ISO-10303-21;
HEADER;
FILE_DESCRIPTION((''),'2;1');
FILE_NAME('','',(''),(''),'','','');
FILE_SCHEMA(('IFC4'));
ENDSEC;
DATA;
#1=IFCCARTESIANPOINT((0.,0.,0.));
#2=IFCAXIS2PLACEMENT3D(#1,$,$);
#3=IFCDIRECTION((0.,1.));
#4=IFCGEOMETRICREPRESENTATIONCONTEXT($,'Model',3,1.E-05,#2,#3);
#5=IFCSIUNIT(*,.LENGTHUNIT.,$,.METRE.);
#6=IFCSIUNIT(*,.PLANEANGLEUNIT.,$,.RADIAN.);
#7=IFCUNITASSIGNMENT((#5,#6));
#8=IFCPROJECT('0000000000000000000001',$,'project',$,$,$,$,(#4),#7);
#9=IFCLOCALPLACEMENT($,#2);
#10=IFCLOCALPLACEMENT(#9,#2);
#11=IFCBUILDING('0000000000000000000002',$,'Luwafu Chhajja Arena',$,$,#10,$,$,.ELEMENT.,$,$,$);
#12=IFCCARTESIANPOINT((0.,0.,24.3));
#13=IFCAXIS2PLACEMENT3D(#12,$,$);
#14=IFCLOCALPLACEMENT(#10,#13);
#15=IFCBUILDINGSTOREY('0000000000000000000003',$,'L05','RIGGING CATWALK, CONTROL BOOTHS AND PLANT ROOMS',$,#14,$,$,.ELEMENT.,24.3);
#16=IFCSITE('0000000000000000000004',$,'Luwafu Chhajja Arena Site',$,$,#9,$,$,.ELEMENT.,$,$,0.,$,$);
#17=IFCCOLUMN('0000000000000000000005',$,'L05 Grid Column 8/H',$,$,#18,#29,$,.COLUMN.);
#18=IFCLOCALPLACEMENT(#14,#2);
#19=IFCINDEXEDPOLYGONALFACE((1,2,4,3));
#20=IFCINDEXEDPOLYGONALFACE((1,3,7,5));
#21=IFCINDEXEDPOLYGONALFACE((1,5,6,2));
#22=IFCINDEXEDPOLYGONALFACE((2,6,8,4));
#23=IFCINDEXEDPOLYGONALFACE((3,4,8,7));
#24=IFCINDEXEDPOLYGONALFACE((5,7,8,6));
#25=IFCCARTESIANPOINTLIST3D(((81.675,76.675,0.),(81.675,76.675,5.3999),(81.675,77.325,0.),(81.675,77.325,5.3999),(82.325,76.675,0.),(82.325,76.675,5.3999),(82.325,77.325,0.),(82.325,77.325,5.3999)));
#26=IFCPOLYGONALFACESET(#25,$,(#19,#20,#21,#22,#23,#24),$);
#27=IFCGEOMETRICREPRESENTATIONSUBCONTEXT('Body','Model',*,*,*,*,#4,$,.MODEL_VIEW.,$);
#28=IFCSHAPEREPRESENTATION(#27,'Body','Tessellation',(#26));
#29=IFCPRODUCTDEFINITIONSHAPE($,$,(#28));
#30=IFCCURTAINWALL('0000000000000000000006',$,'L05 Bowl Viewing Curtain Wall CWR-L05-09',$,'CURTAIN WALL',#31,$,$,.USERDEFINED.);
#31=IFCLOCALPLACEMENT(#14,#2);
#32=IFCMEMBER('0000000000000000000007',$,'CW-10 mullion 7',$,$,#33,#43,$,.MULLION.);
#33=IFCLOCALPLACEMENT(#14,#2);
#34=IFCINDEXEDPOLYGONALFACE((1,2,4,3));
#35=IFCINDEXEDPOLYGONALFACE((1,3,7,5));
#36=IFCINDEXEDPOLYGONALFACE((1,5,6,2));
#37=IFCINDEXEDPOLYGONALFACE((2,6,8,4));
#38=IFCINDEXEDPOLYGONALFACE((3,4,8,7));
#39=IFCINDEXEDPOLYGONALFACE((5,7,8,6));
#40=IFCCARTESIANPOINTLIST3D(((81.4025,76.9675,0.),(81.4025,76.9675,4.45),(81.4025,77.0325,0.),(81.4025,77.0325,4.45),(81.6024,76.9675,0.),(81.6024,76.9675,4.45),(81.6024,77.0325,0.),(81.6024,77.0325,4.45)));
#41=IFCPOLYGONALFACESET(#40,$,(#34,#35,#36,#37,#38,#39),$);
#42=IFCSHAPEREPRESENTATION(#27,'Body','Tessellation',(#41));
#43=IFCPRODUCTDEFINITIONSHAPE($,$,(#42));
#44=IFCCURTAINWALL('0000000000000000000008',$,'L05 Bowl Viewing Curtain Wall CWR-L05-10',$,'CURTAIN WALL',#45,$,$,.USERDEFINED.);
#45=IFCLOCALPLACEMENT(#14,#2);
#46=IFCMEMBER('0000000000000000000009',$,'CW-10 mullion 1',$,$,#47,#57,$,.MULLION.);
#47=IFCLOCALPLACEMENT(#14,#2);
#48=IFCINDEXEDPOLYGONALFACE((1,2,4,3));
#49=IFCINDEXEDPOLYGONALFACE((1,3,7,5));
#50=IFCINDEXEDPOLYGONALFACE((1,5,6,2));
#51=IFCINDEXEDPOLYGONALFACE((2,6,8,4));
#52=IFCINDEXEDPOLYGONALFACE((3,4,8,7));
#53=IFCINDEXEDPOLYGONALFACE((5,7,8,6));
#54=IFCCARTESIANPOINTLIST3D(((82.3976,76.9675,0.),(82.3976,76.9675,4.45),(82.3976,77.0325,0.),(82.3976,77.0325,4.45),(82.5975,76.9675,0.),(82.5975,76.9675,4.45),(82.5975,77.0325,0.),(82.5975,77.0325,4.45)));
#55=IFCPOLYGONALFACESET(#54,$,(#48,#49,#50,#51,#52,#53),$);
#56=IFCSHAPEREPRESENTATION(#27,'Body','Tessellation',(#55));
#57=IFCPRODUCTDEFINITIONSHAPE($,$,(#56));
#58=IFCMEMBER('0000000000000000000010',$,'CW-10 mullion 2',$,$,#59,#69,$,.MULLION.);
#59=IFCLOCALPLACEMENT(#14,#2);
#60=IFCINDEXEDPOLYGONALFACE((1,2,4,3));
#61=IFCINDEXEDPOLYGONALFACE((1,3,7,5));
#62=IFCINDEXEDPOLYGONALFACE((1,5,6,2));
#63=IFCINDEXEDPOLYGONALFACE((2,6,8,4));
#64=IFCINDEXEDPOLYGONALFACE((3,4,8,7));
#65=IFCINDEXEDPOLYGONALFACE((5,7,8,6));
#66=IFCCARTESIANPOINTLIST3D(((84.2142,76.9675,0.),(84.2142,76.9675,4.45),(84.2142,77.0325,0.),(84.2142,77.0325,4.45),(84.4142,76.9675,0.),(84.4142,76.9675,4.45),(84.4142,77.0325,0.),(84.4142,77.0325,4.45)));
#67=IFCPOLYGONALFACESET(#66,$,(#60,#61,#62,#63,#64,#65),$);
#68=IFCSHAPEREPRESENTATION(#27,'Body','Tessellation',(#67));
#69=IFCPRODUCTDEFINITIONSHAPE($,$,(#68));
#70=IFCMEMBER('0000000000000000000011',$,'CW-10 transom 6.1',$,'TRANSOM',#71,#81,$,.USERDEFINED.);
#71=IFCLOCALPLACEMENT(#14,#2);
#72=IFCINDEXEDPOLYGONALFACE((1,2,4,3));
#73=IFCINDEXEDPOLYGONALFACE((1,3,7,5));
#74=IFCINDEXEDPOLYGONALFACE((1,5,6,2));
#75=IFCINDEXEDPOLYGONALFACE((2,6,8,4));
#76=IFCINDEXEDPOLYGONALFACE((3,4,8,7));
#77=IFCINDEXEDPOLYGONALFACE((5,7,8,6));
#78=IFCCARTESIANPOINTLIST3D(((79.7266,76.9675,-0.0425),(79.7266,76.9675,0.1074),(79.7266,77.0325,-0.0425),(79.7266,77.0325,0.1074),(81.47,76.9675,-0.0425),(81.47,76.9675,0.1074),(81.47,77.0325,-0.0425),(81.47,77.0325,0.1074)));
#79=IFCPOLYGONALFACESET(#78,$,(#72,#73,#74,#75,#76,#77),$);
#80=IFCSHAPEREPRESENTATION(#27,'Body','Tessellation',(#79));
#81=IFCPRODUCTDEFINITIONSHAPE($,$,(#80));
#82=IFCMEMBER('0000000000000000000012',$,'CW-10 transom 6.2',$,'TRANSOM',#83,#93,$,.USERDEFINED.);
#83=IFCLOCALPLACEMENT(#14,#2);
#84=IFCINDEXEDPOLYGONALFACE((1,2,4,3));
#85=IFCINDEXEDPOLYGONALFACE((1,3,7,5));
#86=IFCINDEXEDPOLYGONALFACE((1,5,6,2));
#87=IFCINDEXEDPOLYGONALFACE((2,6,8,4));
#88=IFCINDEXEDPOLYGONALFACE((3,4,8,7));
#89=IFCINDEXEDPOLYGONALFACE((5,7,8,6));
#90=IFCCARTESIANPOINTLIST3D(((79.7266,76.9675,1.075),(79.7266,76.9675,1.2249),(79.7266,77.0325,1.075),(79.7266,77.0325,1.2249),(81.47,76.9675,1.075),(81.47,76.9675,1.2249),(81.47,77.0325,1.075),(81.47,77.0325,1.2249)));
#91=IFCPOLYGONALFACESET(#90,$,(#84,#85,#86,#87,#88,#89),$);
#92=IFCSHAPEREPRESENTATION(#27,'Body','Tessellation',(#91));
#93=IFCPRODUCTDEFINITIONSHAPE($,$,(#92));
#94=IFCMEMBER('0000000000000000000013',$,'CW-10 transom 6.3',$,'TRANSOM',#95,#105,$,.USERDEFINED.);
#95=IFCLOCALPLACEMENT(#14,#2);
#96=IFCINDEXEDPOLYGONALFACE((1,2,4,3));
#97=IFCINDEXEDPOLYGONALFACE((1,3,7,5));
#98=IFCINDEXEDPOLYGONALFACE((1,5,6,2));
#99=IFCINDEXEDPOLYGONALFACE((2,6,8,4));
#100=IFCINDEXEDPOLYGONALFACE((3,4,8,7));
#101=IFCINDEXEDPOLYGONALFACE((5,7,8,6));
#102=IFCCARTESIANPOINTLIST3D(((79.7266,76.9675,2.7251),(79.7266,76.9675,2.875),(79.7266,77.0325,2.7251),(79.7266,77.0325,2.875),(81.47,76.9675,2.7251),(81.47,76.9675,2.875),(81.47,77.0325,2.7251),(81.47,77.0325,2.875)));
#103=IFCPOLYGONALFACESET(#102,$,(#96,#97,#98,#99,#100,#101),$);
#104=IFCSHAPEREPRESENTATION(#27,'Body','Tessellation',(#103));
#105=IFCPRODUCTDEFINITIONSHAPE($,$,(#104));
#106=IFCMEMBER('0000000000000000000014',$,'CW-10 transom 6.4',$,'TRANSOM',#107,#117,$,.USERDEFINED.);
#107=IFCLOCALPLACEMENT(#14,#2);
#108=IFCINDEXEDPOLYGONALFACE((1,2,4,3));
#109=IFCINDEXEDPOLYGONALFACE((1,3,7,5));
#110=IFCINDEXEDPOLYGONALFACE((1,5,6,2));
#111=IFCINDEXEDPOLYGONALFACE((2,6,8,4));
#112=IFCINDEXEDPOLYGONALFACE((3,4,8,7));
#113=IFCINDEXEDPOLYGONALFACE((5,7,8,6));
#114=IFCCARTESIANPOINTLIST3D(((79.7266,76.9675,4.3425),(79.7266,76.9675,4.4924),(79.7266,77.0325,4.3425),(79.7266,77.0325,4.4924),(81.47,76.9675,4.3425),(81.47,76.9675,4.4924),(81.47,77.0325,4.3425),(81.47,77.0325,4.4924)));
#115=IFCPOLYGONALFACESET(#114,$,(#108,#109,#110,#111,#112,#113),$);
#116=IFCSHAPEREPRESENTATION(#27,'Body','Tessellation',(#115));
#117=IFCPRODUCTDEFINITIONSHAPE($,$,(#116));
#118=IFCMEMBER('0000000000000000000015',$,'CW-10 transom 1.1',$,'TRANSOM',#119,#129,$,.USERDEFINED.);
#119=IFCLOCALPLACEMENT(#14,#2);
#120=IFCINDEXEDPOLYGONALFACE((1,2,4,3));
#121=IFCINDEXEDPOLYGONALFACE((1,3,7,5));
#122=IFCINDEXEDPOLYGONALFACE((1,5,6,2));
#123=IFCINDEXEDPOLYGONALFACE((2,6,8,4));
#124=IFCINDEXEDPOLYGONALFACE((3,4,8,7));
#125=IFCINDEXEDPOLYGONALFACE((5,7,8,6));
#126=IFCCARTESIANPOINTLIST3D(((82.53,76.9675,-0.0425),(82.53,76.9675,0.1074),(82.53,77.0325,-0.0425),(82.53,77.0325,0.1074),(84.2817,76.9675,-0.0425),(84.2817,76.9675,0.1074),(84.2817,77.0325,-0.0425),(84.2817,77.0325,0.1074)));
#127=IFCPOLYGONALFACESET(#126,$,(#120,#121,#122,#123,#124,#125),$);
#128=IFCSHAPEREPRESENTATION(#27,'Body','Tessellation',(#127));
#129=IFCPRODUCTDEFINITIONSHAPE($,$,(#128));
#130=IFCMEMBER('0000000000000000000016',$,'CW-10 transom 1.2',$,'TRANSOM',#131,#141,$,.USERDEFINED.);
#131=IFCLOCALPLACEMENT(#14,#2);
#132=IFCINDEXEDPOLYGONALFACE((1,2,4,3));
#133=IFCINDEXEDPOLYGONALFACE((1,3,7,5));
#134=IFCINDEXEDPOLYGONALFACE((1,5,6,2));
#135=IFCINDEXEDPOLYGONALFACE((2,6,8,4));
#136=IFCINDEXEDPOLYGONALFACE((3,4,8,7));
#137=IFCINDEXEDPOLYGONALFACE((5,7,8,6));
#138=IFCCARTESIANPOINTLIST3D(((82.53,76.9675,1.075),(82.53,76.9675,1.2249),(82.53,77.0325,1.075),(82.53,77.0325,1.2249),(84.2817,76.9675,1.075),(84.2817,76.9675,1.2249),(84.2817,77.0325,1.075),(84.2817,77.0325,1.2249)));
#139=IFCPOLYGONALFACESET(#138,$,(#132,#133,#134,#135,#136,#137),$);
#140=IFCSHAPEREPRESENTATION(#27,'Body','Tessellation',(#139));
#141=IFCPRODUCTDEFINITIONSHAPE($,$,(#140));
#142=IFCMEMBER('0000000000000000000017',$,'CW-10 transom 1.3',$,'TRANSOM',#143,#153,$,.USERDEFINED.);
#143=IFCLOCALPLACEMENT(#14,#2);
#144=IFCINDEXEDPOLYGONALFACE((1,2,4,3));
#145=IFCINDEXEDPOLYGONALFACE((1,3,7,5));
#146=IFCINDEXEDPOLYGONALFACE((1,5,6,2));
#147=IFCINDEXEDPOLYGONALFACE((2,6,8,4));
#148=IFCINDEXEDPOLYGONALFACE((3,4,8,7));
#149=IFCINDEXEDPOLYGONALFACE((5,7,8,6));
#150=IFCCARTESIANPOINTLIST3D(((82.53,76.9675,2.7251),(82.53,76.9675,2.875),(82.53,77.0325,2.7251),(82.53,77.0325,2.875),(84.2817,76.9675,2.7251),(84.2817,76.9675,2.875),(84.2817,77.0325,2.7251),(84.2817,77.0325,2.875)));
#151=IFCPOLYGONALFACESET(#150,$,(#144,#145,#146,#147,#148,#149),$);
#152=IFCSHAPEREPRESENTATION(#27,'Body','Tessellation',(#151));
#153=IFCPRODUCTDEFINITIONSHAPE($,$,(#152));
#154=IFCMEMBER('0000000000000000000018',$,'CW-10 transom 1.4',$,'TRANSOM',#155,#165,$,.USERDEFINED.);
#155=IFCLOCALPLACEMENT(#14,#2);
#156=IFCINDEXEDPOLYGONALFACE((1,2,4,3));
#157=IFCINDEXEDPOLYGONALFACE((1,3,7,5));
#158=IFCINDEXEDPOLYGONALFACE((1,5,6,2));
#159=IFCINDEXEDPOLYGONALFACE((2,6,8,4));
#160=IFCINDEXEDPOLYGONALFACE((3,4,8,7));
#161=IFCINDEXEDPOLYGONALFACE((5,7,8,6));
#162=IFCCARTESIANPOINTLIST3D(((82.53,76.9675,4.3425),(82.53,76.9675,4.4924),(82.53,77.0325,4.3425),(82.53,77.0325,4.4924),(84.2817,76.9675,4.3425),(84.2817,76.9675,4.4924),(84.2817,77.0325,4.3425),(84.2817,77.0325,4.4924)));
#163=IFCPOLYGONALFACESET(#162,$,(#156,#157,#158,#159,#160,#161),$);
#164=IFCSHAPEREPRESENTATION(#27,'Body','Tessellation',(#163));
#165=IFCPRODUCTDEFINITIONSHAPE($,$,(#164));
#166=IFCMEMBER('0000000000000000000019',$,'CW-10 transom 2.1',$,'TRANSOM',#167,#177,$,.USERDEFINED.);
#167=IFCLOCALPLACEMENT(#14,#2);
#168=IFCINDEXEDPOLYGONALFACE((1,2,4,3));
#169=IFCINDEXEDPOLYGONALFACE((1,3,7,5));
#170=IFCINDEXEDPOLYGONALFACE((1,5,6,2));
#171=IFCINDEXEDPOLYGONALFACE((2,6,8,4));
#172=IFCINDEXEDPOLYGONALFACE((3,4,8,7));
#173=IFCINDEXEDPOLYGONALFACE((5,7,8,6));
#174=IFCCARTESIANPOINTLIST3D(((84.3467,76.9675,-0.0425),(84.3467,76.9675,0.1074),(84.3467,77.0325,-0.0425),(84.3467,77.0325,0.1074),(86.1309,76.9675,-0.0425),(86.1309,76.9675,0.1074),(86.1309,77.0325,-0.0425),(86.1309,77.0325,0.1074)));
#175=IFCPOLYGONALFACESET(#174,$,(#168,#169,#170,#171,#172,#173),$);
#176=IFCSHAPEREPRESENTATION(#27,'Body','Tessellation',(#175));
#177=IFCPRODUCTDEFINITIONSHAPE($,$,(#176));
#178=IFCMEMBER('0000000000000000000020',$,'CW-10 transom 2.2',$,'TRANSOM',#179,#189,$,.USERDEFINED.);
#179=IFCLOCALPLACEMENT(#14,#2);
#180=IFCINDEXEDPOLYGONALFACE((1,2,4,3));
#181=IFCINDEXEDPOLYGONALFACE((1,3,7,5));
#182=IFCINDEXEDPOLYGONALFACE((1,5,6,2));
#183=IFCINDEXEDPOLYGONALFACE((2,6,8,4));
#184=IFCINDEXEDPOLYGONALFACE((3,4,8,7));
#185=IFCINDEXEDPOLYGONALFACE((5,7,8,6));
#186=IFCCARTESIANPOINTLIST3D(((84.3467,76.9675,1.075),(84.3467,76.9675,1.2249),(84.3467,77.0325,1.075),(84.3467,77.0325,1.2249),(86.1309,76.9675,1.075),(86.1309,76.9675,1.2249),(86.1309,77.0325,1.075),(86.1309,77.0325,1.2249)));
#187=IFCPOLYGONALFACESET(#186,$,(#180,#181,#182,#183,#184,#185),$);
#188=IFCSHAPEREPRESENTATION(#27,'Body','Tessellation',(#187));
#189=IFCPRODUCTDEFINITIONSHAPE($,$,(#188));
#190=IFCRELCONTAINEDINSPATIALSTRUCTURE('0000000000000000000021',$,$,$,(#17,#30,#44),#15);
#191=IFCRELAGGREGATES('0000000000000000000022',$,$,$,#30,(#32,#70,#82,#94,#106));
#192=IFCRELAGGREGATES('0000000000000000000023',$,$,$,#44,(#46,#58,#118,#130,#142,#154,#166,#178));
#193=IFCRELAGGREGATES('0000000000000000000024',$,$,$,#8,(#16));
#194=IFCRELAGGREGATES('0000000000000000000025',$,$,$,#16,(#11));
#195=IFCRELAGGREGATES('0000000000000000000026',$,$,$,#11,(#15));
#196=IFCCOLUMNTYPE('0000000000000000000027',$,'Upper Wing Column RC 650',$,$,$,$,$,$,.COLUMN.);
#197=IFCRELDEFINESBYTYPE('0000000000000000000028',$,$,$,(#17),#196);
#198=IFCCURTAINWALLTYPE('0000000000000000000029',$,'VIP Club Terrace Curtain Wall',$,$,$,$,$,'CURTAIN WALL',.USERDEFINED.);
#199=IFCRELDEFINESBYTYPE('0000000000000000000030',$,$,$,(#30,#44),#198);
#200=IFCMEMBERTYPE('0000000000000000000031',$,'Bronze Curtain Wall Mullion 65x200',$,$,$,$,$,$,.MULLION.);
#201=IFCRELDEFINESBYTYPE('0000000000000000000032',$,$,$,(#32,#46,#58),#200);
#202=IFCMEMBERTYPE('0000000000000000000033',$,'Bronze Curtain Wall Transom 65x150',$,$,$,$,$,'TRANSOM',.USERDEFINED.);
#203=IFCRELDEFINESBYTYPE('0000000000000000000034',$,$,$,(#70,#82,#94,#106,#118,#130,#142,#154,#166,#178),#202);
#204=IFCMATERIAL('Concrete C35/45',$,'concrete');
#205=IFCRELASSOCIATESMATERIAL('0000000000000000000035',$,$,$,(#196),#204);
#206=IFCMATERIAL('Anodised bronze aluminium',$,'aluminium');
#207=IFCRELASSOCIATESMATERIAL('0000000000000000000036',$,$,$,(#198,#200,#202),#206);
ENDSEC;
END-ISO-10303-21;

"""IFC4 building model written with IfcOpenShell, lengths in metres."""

from ifc_helpers import new_model, si_unit, direction, frame, origin, origin_2d, place, context, subcontext, project, spatial, rectangle, extrude, material, material_profile, profile_set, type_object, element, aggregate, save


model = new_model("IFC4")

# Units and contexts
model_context = context("Model", 3, precision=1e-05, world=origin(), true_north=direction((0.0, 1.0)))
body_context = subcontext(model_context, "Body", "Model", "MODEL_VIEW")
ifc_project = project(units=[si_unit("LENGTHUNIT", "METRE"), si_unit("PLANEANGLEUNIT", "RADIAN")], contexts=[model_context])

# Site, building, storey
site_placement = place(None, origin())
site = spatial("IfcSite", under=ifc_project, at=site_placement, Name="Luwafu Chhajja Arena Site", CompositionType="ELEMENT", RefElevation=0.0)
building_placement = place(site_placement, origin())
building = spatial("IfcBuilding", under=site, at=building_placement, Name="Luwafu Chhajja Arena", CompositionType="ELEMENT")
storey_placement = place(building_placement, frame((0.0, 0.0, 24.3)))
storey = spatial("IfcBuildingStorey", under=building, at=storey_placement, Name="L05", Description="RIGGING CATWALK, CONTROL BOOTHS AND PLANT ROOMS", CompositionType="ELEMENT", Elevation=24.3)

# Column
ifc_material_1 = material(Name="Concrete C35/45", Category="concrete")
ifc_material_profile_1 = material_profile(ifc_material_1, rectangle(XDim=0.6499, YDim=0.6499, at=origin_2d()), Name="RC 650x650")
ifc_profile_set_1 = profile_set([ifc_material_profile_1], Name="Concrete C35/45")
column_type = type_object("IfcColumnType", Name="Upper Wing Column RC 650", PredefinedType="COLUMN", material=ifc_profile_set_1)
column_placement = place(storey_placement, frame((82.0, 77.0, 0.0), z_axis=(0.0, 0.0, 1.0), x_axis=(1.0, 0.0, 0.0)))
element("IfcColumn", 1, at=column_placement, inside=storey, type_object=column_type, Name="L05 Grid Column 8/H", PredefinedType="COLUMN", context=body_context, shape_type="SweptSolid", body=[
    extrude(rectangle(XDim=0.6499, YDim=0.6499, at=origin_2d()), origin(), (0.0, 0.0, 1.0), 5.3999),
])

# Curtain wall, member
ifc_material_2 = material(Name="Anodised bronze aluminium", Category="aluminium")
curtain_wall_type = type_object("IfcCurtainWallType", Name="VIP Club Terrace Curtain Wall", ElementType="CURTAIN WALL", PredefinedType="USERDEFINED", material=ifc_material_2)
curtain_wall_1_placement = place(storey_placement, origin())
curtain_wall_1 = element("IfcCurtainWall", 2, at=curtain_wall_1_placement, inside=storey, type_object=curtain_wall_type, Name="L05 Bowl Viewing Curtain Wall CWR-L05-09", ObjectType="CURTAIN WALL", PredefinedType="USERDEFINED")
ifc_material_profile_2 = material_profile(ifc_material_2, rectangle(XDim=0.0649, YDim=0.2, at=origin_2d()), Name="CWM 65x200")
ifc_profile_set_2 = profile_set([ifc_material_profile_2], Name="Anodised bronze aluminium")
member_type_1 = type_object("IfcMemberType", Name="Bronze Curtain Wall Mullion 65x200", PredefinedType="MULLION", material=ifc_profile_set_2)
member_1_placement = place(storey_placement, frame((81.5024, 77.0, 0.0), z_axis=(0.0, 0.0, 1.0), x_axis=(0.0, 1.0, 0.0)))
member_1 = element("IfcMember", 3, at=member_1_placement, type_object=member_type_1, Name="CW-10 mullion 7", PredefinedType="MULLION", context=body_context, shape_type="SweptSolid", body=[
    extrude(rectangle(XDim=0.0649, YDim=0.2, at=origin_2d()), origin(), (0.0, 0.0, 1.0), 4.45),
])

# Curtain wall, members
curtain_wall_2_placement = place(storey_placement, origin())
curtain_wall_2 = element("IfcCurtainWall", 4, at=curtain_wall_2_placement, inside=storey, type_object=curtain_wall_type, Name="L05 Bowl Viewing Curtain Wall CWR-L05-10", ObjectType="CURTAIN WALL", PredefinedType="USERDEFINED")
member_2_placement = place(storey_placement, frame((82.4976, 77.0, 0.0), z_axis=(0.0, 0.0, 1.0), x_axis=(0.0, 1.0, 0.0)))
member_2 = element("IfcMember", 5, at=member_2_placement, type_object=member_type_1, Name="CW-10 mullion 1", PredefinedType="MULLION", context=body_context, shape_type="SweptSolid", body=[
    extrude(rectangle(XDim=0.0649, YDim=0.2, at=origin_2d()), origin(), (0.0, 0.0, 1.0), 4.45),
])
member_3_placement = place(storey_placement, frame((84.3142, 77.0, 0.0), z_axis=(0.0, 0.0, 1.0), x_axis=(0.0, 1.0, 0.0)))
member_3 = element("IfcMember", 6, at=member_3_placement, type_object=member_type_1, Name="CW-10 mullion 2", PredefinedType="MULLION", context=body_context, shape_type="SweptSolid", body=[
    extrude(rectangle(XDim=0.0649, YDim=0.2, at=origin_2d()), origin(), (0.0, 0.0, 1.0), 4.45),
])

# Members
ifc_material_profile_3 = material_profile(ifc_material_2, rectangle(XDim=0.0649, YDim=0.1499, at=origin_2d()), Name="CWT 65x150")
ifc_profile_set_3 = profile_set([ifc_material_profile_3], Name="Anodised bronze aluminium")
member_type_2 = type_object("IfcMemberType", Name="Bronze Curtain Wall Transom 65x150", ElementType="TRANSOM", PredefinedType="USERDEFINED", material=ifc_profile_set_3)
member_4_placement = place(storey_placement, frame((79.7266, 77.0, 0.0325), z_axis=(1.0, 0.0, 0.0), x_axis=(0.0, 1.0, 0.0)))
member_4 = element("IfcMember", 7, at=member_4_placement, type_object=member_type_2, Name="CW-10 transom 6.1", ObjectType="TRANSOM", PredefinedType="USERDEFINED", context=body_context, shape_type="SweptSolid", body=[
    extrude(rectangle(XDim=0.0649, YDim=0.1499, at=origin_2d()), origin(), (0.0, 0.0, 1.0), 1.7434),
])
member_5_placement = place(storey_placement, frame((79.7266, 77.0, 1.1499), z_axis=(1.0, 0.0, 0.0), x_axis=(0.0, 1.0, 0.0)))
member_5 = element("IfcMember", 8, at=member_5_placement, type_object=member_type_2, Name="CW-10 transom 6.2", ObjectType="TRANSOM", PredefinedType="USERDEFINED", context=body_context, shape_type="SweptSolid", body=[
    extrude(rectangle(XDim=0.0649, YDim=0.1499, at=origin_2d()), origin(), (0.0, 0.0, 1.0), 1.7434),
])
member_6_placement = place(storey_placement, frame((79.7266, 77.0, 2.8), z_axis=(1.0, 0.0, 0.0), x_axis=(0.0, 1.0, 0.0)))
member_6 = element("IfcMember", 9, at=member_6_placement, type_object=member_type_2, Name="CW-10 transom 6.3", ObjectType="TRANSOM", PredefinedType="USERDEFINED", context=body_context, shape_type="SweptSolid", body=[
    extrude(rectangle(XDim=0.0649, YDim=0.1499, at=origin_2d()), origin(), (0.0, 0.0, 1.0), 1.7434),
])
member_7_placement = place(storey_placement, frame((79.7266, 77.0, 4.4175), z_axis=(1.0, 0.0, 0.0), x_axis=(0.0, 1.0, 0.0)))
member_7 = element("IfcMember", 10, at=member_7_placement, type_object=member_type_2, Name="CW-10 transom 6.4", ObjectType="TRANSOM", PredefinedType="USERDEFINED", context=body_context, shape_type="SweptSolid", body=[
    extrude(rectangle(XDim=0.0649, YDim=0.1499, at=origin_2d()), origin(), (0.0, 0.0, 1.0), 1.7434),
])
member_8_placement = place(storey_placement, frame((82.53, 77.0, 0.0325), z_axis=(1.0, 0.0, 0.0), x_axis=(0.0, 1.0, 0.0)))
member_8 = element("IfcMember", 11, at=member_8_placement, type_object=member_type_2, Name="CW-10 transom 1.1", ObjectType="TRANSOM", PredefinedType="USERDEFINED", context=body_context, shape_type="SweptSolid", body=[
    extrude(rectangle(XDim=0.0649, YDim=0.1499, at=origin_2d()), origin(), (0.0, 0.0, 1.0), 1.7517),
])
member_9_placement = place(storey_placement, frame((82.53, 77.0, 1.1499), z_axis=(1.0, 0.0, 0.0), x_axis=(0.0, 1.0, 0.0)))
member_9 = element("IfcMember", 12, at=member_9_placement, type_object=member_type_2, Name="CW-10 transom 1.2", ObjectType="TRANSOM", PredefinedType="USERDEFINED", context=body_context, shape_type="SweptSolid", body=[
    extrude(rectangle(XDim=0.0649, YDim=0.1499, at=origin_2d()), origin(), (0.0, 0.0, 1.0), 1.7517),
])
member_10_placement = place(storey_placement, frame((82.53, 77.0, 2.8), z_axis=(1.0, 0.0, 0.0), x_axis=(0.0, 1.0, 0.0)))
member_10 = element("IfcMember", 13, at=member_10_placement, type_object=member_type_2, Name="CW-10 transom 1.3", ObjectType="TRANSOM", PredefinedType="USERDEFINED", context=body_context, shape_type="SweptSolid", body=[
    extrude(rectangle(XDim=0.0649, YDim=0.1499, at=origin_2d()), origin(), (0.0, 0.0, 1.0), 1.7517),
])
member_11_placement = place(storey_placement, frame((82.53, 77.0, 4.4175), z_axis=(1.0, 0.0, 0.0), x_axis=(0.0, 1.0, 0.0)))
member_11 = element("IfcMember", 14, at=member_11_placement, type_object=member_type_2, Name="CW-10 transom 1.4", ObjectType="TRANSOM", PredefinedType="USERDEFINED", context=body_context, shape_type="SweptSolid", body=[
    extrude(rectangle(XDim=0.0649, YDim=0.1499, at=origin_2d()), origin(), (0.0, 0.0, 1.0), 1.7517),
])
member_12_placement = place(storey_placement, frame((84.3467, 77.0, 0.0325), z_axis=(1.0, 0.0, 0.0), x_axis=(0.0, 1.0, 0.0)))
member_12 = element("IfcMember", 15, at=member_12_placement, type_object=member_type_2, Name="CW-10 transom 2.1", ObjectType="TRANSOM", PredefinedType="USERDEFINED", context=body_context, shape_type="SweptSolid", body=[
    extrude(rectangle(XDim=0.0649, YDim=0.1499, at=origin_2d()), origin(), (0.0, 0.0, 1.0), 1.7842),
])
member_13_placement = place(storey_placement, frame((84.3467, 77.0, 1.1499), z_axis=(1.0, 0.0, 0.0), x_axis=(0.0, 1.0, 0.0)))
member_13 = element("IfcMember", 16, at=member_13_placement, type_object=member_type_2, Name="CW-10 transom 2.2", ObjectType="TRANSOM", PredefinedType="USERDEFINED", context=body_context, shape_type="SweptSolid", body=[
    extrude(rectangle(XDim=0.0649, YDim=0.1499, at=origin_2d()), origin(), (0.0, 0.0, 1.0), 1.7842),
])

aggregate(curtain_wall_1, [member_1, member_4, member_5, member_6, member_7])
aggregate(curtain_wall_2, [member_2, member_3, member_8, member_9, member_10, member_11, member_12, member_13])

save(model, "model.ifc")
